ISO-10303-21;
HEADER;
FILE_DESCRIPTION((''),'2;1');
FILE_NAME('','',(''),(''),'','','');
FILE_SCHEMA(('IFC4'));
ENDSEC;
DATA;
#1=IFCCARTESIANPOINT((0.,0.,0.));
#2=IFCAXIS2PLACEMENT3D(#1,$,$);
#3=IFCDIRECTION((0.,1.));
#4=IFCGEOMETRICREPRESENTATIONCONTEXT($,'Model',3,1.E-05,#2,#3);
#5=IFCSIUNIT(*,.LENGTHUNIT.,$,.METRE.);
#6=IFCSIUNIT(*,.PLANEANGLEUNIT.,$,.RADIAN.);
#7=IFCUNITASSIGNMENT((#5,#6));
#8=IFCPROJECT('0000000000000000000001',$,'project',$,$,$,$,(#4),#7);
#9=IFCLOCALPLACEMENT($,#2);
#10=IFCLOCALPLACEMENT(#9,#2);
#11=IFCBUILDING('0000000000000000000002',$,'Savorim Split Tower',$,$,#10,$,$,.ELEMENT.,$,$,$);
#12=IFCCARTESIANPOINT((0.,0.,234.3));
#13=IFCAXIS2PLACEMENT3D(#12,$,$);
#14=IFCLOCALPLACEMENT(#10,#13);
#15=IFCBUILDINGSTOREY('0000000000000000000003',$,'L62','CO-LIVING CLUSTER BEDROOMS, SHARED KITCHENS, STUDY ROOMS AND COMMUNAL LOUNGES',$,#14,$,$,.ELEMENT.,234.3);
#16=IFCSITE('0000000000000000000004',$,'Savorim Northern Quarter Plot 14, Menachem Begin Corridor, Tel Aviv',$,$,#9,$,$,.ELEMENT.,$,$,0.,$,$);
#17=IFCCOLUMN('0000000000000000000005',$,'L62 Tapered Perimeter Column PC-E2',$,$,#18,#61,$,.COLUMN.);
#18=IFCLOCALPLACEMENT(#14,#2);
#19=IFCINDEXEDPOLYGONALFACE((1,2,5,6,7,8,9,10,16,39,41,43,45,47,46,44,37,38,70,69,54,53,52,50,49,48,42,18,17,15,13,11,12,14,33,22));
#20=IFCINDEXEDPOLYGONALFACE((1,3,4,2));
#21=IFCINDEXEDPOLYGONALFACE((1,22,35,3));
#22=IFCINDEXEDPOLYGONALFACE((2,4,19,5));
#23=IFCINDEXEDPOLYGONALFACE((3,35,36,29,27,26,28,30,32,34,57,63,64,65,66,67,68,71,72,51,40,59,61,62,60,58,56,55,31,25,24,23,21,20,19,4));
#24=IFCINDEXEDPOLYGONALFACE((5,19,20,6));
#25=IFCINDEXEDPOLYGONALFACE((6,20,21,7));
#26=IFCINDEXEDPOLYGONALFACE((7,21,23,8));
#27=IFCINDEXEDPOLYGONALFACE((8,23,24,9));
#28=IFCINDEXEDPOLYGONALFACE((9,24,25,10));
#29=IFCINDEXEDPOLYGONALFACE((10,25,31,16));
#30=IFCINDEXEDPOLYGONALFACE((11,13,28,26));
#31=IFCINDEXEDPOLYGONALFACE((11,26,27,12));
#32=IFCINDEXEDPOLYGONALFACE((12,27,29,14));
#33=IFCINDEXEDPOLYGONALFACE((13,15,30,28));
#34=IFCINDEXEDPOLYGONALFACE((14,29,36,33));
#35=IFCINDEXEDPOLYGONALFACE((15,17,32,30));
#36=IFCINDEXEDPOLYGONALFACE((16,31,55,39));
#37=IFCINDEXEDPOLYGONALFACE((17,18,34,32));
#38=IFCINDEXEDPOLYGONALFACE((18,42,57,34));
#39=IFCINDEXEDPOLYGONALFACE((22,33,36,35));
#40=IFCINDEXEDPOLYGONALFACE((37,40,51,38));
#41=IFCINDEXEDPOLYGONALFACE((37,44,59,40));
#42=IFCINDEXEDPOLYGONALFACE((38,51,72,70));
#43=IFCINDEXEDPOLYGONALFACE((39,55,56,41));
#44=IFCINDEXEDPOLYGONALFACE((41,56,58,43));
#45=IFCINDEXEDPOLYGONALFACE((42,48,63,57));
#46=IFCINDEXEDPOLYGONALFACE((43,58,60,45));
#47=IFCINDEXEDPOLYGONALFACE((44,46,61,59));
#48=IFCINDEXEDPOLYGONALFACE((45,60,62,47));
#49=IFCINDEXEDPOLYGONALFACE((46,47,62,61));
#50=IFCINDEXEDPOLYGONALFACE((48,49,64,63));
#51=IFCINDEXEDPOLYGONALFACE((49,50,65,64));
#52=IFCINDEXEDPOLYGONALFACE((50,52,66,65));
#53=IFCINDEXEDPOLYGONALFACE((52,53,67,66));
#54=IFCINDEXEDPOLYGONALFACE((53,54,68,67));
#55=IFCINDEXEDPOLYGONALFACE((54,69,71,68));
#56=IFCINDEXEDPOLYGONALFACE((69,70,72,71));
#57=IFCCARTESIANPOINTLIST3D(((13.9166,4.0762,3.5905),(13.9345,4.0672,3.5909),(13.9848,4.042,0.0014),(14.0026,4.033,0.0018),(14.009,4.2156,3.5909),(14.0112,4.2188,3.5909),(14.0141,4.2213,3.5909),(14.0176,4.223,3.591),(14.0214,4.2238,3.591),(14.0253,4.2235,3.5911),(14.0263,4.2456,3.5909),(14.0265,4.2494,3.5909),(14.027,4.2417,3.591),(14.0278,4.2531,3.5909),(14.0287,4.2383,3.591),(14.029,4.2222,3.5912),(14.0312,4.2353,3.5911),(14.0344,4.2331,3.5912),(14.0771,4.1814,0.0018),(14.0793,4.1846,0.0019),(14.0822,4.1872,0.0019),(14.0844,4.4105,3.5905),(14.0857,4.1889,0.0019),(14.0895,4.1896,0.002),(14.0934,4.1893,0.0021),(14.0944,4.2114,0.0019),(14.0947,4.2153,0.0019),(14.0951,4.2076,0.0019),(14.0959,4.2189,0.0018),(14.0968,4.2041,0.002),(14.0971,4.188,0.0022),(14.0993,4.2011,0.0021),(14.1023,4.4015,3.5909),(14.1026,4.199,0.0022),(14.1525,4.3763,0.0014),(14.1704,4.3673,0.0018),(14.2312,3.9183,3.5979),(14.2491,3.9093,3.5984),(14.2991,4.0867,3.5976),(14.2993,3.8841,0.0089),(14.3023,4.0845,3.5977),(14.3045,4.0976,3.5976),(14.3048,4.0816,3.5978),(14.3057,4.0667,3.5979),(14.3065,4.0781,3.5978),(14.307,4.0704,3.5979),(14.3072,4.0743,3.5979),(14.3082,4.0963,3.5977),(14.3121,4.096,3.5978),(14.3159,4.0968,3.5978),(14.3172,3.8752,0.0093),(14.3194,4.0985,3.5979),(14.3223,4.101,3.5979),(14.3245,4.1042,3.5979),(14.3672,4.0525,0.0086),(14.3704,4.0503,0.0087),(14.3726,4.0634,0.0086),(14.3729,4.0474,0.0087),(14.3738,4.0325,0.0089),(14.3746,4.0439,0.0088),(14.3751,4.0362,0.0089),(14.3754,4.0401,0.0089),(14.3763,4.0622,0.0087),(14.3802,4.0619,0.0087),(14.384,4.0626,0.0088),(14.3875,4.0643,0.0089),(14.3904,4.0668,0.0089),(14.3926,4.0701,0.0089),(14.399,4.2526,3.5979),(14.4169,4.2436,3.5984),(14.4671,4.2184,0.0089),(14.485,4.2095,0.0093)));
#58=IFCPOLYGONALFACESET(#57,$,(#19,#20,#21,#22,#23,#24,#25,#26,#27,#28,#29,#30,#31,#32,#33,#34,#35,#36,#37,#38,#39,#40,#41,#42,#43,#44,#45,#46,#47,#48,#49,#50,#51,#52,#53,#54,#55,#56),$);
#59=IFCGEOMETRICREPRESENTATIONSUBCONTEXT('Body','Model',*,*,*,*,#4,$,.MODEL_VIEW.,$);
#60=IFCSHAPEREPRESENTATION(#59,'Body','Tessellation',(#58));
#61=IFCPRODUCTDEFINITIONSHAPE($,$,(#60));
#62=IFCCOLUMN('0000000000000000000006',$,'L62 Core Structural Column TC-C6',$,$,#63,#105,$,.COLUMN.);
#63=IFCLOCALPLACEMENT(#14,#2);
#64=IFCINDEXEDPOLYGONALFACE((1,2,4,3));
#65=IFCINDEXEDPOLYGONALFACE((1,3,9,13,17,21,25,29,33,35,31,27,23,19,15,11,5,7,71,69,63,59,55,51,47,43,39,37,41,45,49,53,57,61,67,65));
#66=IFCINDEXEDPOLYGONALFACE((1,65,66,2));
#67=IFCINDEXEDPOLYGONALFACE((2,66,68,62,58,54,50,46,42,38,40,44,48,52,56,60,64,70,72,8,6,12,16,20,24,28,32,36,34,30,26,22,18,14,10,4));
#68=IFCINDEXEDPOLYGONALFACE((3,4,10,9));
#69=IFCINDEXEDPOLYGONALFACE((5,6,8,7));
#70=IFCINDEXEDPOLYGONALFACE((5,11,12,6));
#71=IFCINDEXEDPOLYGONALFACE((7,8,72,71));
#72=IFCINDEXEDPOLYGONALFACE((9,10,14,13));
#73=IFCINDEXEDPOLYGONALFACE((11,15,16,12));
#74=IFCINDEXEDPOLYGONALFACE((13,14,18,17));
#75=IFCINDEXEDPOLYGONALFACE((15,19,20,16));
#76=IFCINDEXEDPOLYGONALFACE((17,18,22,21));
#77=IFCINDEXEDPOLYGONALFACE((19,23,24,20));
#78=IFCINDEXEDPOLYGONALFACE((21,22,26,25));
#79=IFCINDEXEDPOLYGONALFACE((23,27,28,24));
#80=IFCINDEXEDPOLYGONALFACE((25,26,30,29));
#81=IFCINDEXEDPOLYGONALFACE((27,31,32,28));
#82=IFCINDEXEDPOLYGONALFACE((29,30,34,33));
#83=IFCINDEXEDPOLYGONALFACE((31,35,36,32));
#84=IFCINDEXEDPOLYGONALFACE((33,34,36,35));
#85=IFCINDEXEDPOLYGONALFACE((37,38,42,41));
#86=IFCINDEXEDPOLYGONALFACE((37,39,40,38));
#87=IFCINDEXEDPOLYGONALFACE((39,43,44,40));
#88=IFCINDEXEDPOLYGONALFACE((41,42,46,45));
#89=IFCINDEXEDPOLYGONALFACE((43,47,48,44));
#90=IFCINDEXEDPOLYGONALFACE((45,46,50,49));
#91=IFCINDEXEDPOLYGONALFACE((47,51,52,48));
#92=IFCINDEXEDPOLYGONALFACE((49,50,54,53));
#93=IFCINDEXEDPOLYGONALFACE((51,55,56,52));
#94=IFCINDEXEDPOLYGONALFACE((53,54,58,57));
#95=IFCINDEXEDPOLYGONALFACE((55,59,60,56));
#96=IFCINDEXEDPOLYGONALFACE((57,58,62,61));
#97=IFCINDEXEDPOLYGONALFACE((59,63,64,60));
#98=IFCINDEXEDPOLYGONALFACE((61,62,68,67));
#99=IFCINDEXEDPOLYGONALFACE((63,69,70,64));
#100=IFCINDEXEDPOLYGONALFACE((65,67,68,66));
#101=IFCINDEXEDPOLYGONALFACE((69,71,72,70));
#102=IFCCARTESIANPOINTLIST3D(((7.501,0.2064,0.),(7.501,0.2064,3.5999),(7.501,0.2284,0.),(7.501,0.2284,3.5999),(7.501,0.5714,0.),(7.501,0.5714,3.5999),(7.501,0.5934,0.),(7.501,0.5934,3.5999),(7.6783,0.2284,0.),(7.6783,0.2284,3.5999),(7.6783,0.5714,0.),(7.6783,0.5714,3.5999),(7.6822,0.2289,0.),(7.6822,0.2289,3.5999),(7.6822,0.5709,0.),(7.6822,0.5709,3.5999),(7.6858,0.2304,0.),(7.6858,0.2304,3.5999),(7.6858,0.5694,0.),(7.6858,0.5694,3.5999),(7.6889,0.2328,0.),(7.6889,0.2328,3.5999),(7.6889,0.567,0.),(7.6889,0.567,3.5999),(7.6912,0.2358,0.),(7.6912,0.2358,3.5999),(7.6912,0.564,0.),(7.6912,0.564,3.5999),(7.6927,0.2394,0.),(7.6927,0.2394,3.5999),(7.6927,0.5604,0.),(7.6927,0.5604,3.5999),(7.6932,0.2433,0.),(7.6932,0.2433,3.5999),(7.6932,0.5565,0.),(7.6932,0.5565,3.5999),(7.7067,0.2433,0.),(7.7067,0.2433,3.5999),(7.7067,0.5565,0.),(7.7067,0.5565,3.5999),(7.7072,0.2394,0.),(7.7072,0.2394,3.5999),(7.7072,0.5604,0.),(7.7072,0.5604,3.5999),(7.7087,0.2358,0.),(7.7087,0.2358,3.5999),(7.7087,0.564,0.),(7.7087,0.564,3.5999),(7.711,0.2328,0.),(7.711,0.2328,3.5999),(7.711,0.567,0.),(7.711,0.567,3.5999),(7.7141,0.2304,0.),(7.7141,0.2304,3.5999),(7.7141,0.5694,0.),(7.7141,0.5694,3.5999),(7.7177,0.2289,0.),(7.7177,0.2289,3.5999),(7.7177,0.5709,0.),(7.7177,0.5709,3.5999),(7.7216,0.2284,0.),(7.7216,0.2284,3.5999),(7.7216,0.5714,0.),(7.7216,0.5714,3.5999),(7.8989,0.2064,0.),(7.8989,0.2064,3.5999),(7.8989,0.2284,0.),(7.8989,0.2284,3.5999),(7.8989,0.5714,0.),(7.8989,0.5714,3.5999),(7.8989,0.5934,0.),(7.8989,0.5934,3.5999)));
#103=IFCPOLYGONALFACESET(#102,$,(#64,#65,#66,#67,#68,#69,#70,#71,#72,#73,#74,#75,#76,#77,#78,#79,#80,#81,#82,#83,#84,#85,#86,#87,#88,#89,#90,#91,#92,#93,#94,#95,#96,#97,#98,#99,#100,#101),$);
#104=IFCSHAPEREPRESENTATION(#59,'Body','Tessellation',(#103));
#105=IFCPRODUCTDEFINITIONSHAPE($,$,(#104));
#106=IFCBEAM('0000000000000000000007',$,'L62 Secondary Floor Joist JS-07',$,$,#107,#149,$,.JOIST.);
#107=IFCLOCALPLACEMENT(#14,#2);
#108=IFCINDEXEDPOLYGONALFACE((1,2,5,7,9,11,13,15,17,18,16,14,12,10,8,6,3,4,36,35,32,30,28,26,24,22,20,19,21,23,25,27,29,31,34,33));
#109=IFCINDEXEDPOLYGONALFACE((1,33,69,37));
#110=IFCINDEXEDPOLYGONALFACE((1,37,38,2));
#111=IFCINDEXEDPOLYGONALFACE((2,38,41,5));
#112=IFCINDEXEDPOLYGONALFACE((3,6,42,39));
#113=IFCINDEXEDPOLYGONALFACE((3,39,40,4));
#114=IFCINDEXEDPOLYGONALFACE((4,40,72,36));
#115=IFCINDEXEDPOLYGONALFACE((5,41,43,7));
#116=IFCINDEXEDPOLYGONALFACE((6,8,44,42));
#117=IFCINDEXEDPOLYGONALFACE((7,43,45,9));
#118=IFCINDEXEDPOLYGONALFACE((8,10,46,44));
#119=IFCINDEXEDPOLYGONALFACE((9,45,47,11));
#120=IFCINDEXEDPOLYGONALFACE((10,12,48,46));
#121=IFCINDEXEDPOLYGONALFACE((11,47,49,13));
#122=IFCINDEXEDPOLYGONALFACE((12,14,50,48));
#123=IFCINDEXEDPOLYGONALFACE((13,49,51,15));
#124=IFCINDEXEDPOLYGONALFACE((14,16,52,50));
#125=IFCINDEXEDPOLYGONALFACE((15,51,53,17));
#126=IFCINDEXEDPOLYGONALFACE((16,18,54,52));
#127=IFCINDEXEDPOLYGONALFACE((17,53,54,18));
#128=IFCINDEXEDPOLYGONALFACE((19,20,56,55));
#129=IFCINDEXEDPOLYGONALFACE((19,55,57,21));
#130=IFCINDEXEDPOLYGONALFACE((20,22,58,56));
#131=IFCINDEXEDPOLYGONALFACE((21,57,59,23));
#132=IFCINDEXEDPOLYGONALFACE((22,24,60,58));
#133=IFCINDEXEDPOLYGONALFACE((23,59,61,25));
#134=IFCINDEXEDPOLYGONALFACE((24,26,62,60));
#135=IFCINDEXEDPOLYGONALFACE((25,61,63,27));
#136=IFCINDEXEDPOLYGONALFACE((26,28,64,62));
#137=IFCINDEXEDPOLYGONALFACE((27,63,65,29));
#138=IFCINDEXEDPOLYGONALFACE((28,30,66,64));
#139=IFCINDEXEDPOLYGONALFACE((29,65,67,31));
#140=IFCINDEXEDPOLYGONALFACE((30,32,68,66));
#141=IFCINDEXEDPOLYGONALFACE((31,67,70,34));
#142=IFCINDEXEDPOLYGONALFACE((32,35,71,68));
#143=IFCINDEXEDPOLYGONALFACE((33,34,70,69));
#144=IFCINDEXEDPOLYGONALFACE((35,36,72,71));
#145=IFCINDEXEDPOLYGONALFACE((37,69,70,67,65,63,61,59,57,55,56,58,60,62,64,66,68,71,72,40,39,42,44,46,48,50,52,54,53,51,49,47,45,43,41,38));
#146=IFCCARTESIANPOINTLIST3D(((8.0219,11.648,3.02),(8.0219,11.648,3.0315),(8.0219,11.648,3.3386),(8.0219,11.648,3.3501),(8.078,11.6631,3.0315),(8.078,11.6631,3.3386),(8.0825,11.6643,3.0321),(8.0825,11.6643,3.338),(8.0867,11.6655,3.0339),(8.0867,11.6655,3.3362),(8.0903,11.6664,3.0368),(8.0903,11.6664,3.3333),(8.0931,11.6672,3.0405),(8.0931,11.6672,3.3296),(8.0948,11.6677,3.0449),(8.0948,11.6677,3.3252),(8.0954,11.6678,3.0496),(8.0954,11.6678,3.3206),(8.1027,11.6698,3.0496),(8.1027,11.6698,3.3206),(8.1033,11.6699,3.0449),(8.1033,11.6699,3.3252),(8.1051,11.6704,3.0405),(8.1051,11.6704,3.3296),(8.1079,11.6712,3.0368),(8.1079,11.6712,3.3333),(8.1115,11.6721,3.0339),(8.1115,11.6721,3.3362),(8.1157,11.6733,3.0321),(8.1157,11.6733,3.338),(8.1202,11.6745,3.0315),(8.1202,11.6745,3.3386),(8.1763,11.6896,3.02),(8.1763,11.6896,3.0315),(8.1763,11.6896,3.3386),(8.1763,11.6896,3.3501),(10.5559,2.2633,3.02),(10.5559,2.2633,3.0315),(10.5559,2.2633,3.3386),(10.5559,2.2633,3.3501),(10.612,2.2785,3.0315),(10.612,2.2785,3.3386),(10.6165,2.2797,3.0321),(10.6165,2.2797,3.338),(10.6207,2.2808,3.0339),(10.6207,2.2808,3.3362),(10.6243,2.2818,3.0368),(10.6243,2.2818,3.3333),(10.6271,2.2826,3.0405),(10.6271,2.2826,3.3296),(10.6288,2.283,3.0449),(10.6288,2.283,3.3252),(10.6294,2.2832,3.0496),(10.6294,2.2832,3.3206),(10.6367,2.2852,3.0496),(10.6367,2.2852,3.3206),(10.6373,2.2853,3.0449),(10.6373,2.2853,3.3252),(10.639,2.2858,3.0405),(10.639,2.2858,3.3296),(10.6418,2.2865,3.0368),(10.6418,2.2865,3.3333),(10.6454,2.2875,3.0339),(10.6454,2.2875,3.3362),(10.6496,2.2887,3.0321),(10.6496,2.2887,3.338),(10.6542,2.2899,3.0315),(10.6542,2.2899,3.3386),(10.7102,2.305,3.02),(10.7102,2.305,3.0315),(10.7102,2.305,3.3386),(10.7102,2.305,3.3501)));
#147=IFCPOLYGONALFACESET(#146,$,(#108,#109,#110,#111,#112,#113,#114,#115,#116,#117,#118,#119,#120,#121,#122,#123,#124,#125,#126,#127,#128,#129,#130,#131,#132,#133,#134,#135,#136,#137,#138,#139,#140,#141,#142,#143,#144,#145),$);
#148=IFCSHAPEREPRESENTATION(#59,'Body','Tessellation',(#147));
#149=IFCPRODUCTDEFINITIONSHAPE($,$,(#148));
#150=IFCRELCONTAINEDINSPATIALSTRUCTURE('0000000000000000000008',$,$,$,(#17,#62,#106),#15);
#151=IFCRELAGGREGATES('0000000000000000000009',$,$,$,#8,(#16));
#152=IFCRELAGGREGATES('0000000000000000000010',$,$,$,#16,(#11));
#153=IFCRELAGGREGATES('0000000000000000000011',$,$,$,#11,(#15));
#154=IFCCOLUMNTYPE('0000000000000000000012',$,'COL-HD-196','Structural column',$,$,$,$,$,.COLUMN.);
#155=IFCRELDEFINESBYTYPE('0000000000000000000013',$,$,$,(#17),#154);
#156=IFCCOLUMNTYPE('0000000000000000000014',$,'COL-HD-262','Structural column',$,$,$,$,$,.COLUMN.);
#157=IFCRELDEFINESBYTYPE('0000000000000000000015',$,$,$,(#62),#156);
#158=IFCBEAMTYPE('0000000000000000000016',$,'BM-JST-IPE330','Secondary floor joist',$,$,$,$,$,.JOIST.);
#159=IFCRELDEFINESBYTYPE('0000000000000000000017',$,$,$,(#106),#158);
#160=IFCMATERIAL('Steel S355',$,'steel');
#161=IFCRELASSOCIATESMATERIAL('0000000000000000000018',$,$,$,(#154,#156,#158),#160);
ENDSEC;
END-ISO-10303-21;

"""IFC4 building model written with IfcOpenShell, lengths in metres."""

from ifc_helpers import new_model, si_unit, direction, frame, origin, origin_2d, place, context, subcontext, project, spatial, i_section, extrude, material, material_profile, profile_set, type_object, element, save


model = new_model("IFC4")

# Units and contexts
model_context = context("Model", 3, precision=1e-05, world=origin(), true_north=direction((0.0, 1.0)))
body_context = subcontext(model_context, "Body", "Model", "MODEL_VIEW")
ifc_project = project(units=[si_unit("LENGTHUNIT", "METRE"), si_unit("PLANEANGLEUNIT", "RADIAN")], contexts=[model_context])

# Site, building, storey
site_placement = place(None, origin())
site = spatial("IfcSite", under=ifc_project, at=site_placement, Name="Savorim Northern Quarter Plot 14, Menachem Begin Corridor, Tel Aviv", CompositionType="ELEMENT", RefElevation=0.0)
building_placement = place(site_placement, origin())
building = spatial("IfcBuilding", under=site, at=building_placement, Name="Savorim Split Tower", CompositionType="ELEMENT")
storey_placement = place(building_placement, frame((0.0, 0.0, 234.3)))
storey = spatial("IfcBuildingStorey", under=building, at=storey_placement, Name="L62", Description="CO-LIVING CLUSTER BEDROOMS, SHARED KITCHENS, STUDY ROOMS AND COMMUNAL LOUNGES", CompositionType="ELEMENT", Elevation=234.3)

# Columns
ifc_material_1 = material(Name="Steel S355", Category="steel")
ifc_material_profile_1 = material_profile(ifc_material_1, i_section(OverallWidth=0.374, OverallDepth=0.3721, WebThickness=0.0122, FlangeThickness=0.02, FilletRadius=0.0149, at=origin_2d()), Name="HD 360x196")
ifc_profile_set_1 = profile_set([ifc_material_profile_1], Name="Steel S355")
column_type_1 = type_object("IfcColumnType", Name="COL-HD-196", Description="Structural column", PredefinedType="COLUMN", material=ifc_profile_set_1)
column_1_placement = place(storey_placement, frame((14.2349, 4.1257, 0.0054), z_axis=(-0.018974, 0.009521, 0.999775), x_axis=(-0.448495, -0.893786, 0.0)))
element("IfcColumn", 1, at=column_1_placement, inside=storey, type_object=column_type_1, Name="L62 Tapered Perimeter Column PC-E2", PredefinedType="COLUMN", context=body_context, shape_type="SweptSolid", body=[
    extrude(i_section(OverallWidth=0.374, OverallDepth=0.3721, WebThickness=0.0122, FlangeThickness=0.02, FilletRadius=0.0149, at=origin_2d()), origin(), (0.0, 0.0, 1.0), 3.5898),
])
ifc_material_profile_2 = material_profile(ifc_material_1, i_section(OverallWidth=0.3979, OverallDepth=0.387, WebThickness=0.0134, FlangeThickness=0.022, FilletRadius=0.0149, at=origin_2d()), Name="HD 400x262")
ifc_profile_set_2 = profile_set([ifc_material_profile_2], Name="Steel S355")
column_type_2 = type_object("IfcColumnType", Name="COL-HD-262", Description="Structural column", PredefinedType="COLUMN", material=ifc_profile_set_2)
column_2_placement = place(storey_placement, frame((7.7, 0.3999, 0.0), z_axis=(0.0, 0.0, 1.0), x_axis=(1.0, 0.0, 0.0)))
element("IfcColumn", 2, at=column_2_placement, inside=storey, type_object=column_type_2, Name="L62 Core Structural Column TC-C6", PredefinedType="COLUMN", context=body_context, shape_type="SweptSolid", body=[
    extrude(i_section(OverallWidth=0.3979, OverallDepth=0.387, WebThickness=0.0134, FlangeThickness=0.022, FilletRadius=0.0149, at=origin_2d()), origin(), (0.0, 0.0, 1.0), 3.5999),
])

# Beam
ifc_material_profile_3 = material_profile(ifc_material_1, i_section(OverallWidth=0.1599, OverallDepth=0.3301, WebThickness=0.0076, FlangeThickness=0.0115, FilletRadius=0.0181, at=origin_2d()), Name="IPE 330")
ifc_profile_set_3 = profile_set([ifc_material_profile_3], Name="Steel S355")
beam_type_1 = type_object("IfcBeamType", Name="BM-JST-IPE330", Description="Secondary floor joist", PredefinedType="JOIST", material=ifc_profile_set_3)
beam_1_placement = place(storey_placement, frame((10.6331, 2.2842, 3.1851), z_axis=(-0.260677, 0.965426, 0.0), x_axis=(-0.965426, -0.260677, 0.0)))
element("IfcBeam", 3, at=beam_1_placement, inside=storey, type_object=beam_type_1, Name="L62 Secondary Floor Joist JS-07", PredefinedType="JOIST", context=body_context, shape_type="SweptSolid", body=[
    extrude(i_section(OverallWidth=0.1599, OverallDepth=0.3301, WebThickness=0.0076, FlangeThickness=0.0115, FilletRadius=0.0181, at=origin_2d()), origin(), (0.0, 0.0, 1.0), 9.7207),
])

save(model, "model.ifc")
